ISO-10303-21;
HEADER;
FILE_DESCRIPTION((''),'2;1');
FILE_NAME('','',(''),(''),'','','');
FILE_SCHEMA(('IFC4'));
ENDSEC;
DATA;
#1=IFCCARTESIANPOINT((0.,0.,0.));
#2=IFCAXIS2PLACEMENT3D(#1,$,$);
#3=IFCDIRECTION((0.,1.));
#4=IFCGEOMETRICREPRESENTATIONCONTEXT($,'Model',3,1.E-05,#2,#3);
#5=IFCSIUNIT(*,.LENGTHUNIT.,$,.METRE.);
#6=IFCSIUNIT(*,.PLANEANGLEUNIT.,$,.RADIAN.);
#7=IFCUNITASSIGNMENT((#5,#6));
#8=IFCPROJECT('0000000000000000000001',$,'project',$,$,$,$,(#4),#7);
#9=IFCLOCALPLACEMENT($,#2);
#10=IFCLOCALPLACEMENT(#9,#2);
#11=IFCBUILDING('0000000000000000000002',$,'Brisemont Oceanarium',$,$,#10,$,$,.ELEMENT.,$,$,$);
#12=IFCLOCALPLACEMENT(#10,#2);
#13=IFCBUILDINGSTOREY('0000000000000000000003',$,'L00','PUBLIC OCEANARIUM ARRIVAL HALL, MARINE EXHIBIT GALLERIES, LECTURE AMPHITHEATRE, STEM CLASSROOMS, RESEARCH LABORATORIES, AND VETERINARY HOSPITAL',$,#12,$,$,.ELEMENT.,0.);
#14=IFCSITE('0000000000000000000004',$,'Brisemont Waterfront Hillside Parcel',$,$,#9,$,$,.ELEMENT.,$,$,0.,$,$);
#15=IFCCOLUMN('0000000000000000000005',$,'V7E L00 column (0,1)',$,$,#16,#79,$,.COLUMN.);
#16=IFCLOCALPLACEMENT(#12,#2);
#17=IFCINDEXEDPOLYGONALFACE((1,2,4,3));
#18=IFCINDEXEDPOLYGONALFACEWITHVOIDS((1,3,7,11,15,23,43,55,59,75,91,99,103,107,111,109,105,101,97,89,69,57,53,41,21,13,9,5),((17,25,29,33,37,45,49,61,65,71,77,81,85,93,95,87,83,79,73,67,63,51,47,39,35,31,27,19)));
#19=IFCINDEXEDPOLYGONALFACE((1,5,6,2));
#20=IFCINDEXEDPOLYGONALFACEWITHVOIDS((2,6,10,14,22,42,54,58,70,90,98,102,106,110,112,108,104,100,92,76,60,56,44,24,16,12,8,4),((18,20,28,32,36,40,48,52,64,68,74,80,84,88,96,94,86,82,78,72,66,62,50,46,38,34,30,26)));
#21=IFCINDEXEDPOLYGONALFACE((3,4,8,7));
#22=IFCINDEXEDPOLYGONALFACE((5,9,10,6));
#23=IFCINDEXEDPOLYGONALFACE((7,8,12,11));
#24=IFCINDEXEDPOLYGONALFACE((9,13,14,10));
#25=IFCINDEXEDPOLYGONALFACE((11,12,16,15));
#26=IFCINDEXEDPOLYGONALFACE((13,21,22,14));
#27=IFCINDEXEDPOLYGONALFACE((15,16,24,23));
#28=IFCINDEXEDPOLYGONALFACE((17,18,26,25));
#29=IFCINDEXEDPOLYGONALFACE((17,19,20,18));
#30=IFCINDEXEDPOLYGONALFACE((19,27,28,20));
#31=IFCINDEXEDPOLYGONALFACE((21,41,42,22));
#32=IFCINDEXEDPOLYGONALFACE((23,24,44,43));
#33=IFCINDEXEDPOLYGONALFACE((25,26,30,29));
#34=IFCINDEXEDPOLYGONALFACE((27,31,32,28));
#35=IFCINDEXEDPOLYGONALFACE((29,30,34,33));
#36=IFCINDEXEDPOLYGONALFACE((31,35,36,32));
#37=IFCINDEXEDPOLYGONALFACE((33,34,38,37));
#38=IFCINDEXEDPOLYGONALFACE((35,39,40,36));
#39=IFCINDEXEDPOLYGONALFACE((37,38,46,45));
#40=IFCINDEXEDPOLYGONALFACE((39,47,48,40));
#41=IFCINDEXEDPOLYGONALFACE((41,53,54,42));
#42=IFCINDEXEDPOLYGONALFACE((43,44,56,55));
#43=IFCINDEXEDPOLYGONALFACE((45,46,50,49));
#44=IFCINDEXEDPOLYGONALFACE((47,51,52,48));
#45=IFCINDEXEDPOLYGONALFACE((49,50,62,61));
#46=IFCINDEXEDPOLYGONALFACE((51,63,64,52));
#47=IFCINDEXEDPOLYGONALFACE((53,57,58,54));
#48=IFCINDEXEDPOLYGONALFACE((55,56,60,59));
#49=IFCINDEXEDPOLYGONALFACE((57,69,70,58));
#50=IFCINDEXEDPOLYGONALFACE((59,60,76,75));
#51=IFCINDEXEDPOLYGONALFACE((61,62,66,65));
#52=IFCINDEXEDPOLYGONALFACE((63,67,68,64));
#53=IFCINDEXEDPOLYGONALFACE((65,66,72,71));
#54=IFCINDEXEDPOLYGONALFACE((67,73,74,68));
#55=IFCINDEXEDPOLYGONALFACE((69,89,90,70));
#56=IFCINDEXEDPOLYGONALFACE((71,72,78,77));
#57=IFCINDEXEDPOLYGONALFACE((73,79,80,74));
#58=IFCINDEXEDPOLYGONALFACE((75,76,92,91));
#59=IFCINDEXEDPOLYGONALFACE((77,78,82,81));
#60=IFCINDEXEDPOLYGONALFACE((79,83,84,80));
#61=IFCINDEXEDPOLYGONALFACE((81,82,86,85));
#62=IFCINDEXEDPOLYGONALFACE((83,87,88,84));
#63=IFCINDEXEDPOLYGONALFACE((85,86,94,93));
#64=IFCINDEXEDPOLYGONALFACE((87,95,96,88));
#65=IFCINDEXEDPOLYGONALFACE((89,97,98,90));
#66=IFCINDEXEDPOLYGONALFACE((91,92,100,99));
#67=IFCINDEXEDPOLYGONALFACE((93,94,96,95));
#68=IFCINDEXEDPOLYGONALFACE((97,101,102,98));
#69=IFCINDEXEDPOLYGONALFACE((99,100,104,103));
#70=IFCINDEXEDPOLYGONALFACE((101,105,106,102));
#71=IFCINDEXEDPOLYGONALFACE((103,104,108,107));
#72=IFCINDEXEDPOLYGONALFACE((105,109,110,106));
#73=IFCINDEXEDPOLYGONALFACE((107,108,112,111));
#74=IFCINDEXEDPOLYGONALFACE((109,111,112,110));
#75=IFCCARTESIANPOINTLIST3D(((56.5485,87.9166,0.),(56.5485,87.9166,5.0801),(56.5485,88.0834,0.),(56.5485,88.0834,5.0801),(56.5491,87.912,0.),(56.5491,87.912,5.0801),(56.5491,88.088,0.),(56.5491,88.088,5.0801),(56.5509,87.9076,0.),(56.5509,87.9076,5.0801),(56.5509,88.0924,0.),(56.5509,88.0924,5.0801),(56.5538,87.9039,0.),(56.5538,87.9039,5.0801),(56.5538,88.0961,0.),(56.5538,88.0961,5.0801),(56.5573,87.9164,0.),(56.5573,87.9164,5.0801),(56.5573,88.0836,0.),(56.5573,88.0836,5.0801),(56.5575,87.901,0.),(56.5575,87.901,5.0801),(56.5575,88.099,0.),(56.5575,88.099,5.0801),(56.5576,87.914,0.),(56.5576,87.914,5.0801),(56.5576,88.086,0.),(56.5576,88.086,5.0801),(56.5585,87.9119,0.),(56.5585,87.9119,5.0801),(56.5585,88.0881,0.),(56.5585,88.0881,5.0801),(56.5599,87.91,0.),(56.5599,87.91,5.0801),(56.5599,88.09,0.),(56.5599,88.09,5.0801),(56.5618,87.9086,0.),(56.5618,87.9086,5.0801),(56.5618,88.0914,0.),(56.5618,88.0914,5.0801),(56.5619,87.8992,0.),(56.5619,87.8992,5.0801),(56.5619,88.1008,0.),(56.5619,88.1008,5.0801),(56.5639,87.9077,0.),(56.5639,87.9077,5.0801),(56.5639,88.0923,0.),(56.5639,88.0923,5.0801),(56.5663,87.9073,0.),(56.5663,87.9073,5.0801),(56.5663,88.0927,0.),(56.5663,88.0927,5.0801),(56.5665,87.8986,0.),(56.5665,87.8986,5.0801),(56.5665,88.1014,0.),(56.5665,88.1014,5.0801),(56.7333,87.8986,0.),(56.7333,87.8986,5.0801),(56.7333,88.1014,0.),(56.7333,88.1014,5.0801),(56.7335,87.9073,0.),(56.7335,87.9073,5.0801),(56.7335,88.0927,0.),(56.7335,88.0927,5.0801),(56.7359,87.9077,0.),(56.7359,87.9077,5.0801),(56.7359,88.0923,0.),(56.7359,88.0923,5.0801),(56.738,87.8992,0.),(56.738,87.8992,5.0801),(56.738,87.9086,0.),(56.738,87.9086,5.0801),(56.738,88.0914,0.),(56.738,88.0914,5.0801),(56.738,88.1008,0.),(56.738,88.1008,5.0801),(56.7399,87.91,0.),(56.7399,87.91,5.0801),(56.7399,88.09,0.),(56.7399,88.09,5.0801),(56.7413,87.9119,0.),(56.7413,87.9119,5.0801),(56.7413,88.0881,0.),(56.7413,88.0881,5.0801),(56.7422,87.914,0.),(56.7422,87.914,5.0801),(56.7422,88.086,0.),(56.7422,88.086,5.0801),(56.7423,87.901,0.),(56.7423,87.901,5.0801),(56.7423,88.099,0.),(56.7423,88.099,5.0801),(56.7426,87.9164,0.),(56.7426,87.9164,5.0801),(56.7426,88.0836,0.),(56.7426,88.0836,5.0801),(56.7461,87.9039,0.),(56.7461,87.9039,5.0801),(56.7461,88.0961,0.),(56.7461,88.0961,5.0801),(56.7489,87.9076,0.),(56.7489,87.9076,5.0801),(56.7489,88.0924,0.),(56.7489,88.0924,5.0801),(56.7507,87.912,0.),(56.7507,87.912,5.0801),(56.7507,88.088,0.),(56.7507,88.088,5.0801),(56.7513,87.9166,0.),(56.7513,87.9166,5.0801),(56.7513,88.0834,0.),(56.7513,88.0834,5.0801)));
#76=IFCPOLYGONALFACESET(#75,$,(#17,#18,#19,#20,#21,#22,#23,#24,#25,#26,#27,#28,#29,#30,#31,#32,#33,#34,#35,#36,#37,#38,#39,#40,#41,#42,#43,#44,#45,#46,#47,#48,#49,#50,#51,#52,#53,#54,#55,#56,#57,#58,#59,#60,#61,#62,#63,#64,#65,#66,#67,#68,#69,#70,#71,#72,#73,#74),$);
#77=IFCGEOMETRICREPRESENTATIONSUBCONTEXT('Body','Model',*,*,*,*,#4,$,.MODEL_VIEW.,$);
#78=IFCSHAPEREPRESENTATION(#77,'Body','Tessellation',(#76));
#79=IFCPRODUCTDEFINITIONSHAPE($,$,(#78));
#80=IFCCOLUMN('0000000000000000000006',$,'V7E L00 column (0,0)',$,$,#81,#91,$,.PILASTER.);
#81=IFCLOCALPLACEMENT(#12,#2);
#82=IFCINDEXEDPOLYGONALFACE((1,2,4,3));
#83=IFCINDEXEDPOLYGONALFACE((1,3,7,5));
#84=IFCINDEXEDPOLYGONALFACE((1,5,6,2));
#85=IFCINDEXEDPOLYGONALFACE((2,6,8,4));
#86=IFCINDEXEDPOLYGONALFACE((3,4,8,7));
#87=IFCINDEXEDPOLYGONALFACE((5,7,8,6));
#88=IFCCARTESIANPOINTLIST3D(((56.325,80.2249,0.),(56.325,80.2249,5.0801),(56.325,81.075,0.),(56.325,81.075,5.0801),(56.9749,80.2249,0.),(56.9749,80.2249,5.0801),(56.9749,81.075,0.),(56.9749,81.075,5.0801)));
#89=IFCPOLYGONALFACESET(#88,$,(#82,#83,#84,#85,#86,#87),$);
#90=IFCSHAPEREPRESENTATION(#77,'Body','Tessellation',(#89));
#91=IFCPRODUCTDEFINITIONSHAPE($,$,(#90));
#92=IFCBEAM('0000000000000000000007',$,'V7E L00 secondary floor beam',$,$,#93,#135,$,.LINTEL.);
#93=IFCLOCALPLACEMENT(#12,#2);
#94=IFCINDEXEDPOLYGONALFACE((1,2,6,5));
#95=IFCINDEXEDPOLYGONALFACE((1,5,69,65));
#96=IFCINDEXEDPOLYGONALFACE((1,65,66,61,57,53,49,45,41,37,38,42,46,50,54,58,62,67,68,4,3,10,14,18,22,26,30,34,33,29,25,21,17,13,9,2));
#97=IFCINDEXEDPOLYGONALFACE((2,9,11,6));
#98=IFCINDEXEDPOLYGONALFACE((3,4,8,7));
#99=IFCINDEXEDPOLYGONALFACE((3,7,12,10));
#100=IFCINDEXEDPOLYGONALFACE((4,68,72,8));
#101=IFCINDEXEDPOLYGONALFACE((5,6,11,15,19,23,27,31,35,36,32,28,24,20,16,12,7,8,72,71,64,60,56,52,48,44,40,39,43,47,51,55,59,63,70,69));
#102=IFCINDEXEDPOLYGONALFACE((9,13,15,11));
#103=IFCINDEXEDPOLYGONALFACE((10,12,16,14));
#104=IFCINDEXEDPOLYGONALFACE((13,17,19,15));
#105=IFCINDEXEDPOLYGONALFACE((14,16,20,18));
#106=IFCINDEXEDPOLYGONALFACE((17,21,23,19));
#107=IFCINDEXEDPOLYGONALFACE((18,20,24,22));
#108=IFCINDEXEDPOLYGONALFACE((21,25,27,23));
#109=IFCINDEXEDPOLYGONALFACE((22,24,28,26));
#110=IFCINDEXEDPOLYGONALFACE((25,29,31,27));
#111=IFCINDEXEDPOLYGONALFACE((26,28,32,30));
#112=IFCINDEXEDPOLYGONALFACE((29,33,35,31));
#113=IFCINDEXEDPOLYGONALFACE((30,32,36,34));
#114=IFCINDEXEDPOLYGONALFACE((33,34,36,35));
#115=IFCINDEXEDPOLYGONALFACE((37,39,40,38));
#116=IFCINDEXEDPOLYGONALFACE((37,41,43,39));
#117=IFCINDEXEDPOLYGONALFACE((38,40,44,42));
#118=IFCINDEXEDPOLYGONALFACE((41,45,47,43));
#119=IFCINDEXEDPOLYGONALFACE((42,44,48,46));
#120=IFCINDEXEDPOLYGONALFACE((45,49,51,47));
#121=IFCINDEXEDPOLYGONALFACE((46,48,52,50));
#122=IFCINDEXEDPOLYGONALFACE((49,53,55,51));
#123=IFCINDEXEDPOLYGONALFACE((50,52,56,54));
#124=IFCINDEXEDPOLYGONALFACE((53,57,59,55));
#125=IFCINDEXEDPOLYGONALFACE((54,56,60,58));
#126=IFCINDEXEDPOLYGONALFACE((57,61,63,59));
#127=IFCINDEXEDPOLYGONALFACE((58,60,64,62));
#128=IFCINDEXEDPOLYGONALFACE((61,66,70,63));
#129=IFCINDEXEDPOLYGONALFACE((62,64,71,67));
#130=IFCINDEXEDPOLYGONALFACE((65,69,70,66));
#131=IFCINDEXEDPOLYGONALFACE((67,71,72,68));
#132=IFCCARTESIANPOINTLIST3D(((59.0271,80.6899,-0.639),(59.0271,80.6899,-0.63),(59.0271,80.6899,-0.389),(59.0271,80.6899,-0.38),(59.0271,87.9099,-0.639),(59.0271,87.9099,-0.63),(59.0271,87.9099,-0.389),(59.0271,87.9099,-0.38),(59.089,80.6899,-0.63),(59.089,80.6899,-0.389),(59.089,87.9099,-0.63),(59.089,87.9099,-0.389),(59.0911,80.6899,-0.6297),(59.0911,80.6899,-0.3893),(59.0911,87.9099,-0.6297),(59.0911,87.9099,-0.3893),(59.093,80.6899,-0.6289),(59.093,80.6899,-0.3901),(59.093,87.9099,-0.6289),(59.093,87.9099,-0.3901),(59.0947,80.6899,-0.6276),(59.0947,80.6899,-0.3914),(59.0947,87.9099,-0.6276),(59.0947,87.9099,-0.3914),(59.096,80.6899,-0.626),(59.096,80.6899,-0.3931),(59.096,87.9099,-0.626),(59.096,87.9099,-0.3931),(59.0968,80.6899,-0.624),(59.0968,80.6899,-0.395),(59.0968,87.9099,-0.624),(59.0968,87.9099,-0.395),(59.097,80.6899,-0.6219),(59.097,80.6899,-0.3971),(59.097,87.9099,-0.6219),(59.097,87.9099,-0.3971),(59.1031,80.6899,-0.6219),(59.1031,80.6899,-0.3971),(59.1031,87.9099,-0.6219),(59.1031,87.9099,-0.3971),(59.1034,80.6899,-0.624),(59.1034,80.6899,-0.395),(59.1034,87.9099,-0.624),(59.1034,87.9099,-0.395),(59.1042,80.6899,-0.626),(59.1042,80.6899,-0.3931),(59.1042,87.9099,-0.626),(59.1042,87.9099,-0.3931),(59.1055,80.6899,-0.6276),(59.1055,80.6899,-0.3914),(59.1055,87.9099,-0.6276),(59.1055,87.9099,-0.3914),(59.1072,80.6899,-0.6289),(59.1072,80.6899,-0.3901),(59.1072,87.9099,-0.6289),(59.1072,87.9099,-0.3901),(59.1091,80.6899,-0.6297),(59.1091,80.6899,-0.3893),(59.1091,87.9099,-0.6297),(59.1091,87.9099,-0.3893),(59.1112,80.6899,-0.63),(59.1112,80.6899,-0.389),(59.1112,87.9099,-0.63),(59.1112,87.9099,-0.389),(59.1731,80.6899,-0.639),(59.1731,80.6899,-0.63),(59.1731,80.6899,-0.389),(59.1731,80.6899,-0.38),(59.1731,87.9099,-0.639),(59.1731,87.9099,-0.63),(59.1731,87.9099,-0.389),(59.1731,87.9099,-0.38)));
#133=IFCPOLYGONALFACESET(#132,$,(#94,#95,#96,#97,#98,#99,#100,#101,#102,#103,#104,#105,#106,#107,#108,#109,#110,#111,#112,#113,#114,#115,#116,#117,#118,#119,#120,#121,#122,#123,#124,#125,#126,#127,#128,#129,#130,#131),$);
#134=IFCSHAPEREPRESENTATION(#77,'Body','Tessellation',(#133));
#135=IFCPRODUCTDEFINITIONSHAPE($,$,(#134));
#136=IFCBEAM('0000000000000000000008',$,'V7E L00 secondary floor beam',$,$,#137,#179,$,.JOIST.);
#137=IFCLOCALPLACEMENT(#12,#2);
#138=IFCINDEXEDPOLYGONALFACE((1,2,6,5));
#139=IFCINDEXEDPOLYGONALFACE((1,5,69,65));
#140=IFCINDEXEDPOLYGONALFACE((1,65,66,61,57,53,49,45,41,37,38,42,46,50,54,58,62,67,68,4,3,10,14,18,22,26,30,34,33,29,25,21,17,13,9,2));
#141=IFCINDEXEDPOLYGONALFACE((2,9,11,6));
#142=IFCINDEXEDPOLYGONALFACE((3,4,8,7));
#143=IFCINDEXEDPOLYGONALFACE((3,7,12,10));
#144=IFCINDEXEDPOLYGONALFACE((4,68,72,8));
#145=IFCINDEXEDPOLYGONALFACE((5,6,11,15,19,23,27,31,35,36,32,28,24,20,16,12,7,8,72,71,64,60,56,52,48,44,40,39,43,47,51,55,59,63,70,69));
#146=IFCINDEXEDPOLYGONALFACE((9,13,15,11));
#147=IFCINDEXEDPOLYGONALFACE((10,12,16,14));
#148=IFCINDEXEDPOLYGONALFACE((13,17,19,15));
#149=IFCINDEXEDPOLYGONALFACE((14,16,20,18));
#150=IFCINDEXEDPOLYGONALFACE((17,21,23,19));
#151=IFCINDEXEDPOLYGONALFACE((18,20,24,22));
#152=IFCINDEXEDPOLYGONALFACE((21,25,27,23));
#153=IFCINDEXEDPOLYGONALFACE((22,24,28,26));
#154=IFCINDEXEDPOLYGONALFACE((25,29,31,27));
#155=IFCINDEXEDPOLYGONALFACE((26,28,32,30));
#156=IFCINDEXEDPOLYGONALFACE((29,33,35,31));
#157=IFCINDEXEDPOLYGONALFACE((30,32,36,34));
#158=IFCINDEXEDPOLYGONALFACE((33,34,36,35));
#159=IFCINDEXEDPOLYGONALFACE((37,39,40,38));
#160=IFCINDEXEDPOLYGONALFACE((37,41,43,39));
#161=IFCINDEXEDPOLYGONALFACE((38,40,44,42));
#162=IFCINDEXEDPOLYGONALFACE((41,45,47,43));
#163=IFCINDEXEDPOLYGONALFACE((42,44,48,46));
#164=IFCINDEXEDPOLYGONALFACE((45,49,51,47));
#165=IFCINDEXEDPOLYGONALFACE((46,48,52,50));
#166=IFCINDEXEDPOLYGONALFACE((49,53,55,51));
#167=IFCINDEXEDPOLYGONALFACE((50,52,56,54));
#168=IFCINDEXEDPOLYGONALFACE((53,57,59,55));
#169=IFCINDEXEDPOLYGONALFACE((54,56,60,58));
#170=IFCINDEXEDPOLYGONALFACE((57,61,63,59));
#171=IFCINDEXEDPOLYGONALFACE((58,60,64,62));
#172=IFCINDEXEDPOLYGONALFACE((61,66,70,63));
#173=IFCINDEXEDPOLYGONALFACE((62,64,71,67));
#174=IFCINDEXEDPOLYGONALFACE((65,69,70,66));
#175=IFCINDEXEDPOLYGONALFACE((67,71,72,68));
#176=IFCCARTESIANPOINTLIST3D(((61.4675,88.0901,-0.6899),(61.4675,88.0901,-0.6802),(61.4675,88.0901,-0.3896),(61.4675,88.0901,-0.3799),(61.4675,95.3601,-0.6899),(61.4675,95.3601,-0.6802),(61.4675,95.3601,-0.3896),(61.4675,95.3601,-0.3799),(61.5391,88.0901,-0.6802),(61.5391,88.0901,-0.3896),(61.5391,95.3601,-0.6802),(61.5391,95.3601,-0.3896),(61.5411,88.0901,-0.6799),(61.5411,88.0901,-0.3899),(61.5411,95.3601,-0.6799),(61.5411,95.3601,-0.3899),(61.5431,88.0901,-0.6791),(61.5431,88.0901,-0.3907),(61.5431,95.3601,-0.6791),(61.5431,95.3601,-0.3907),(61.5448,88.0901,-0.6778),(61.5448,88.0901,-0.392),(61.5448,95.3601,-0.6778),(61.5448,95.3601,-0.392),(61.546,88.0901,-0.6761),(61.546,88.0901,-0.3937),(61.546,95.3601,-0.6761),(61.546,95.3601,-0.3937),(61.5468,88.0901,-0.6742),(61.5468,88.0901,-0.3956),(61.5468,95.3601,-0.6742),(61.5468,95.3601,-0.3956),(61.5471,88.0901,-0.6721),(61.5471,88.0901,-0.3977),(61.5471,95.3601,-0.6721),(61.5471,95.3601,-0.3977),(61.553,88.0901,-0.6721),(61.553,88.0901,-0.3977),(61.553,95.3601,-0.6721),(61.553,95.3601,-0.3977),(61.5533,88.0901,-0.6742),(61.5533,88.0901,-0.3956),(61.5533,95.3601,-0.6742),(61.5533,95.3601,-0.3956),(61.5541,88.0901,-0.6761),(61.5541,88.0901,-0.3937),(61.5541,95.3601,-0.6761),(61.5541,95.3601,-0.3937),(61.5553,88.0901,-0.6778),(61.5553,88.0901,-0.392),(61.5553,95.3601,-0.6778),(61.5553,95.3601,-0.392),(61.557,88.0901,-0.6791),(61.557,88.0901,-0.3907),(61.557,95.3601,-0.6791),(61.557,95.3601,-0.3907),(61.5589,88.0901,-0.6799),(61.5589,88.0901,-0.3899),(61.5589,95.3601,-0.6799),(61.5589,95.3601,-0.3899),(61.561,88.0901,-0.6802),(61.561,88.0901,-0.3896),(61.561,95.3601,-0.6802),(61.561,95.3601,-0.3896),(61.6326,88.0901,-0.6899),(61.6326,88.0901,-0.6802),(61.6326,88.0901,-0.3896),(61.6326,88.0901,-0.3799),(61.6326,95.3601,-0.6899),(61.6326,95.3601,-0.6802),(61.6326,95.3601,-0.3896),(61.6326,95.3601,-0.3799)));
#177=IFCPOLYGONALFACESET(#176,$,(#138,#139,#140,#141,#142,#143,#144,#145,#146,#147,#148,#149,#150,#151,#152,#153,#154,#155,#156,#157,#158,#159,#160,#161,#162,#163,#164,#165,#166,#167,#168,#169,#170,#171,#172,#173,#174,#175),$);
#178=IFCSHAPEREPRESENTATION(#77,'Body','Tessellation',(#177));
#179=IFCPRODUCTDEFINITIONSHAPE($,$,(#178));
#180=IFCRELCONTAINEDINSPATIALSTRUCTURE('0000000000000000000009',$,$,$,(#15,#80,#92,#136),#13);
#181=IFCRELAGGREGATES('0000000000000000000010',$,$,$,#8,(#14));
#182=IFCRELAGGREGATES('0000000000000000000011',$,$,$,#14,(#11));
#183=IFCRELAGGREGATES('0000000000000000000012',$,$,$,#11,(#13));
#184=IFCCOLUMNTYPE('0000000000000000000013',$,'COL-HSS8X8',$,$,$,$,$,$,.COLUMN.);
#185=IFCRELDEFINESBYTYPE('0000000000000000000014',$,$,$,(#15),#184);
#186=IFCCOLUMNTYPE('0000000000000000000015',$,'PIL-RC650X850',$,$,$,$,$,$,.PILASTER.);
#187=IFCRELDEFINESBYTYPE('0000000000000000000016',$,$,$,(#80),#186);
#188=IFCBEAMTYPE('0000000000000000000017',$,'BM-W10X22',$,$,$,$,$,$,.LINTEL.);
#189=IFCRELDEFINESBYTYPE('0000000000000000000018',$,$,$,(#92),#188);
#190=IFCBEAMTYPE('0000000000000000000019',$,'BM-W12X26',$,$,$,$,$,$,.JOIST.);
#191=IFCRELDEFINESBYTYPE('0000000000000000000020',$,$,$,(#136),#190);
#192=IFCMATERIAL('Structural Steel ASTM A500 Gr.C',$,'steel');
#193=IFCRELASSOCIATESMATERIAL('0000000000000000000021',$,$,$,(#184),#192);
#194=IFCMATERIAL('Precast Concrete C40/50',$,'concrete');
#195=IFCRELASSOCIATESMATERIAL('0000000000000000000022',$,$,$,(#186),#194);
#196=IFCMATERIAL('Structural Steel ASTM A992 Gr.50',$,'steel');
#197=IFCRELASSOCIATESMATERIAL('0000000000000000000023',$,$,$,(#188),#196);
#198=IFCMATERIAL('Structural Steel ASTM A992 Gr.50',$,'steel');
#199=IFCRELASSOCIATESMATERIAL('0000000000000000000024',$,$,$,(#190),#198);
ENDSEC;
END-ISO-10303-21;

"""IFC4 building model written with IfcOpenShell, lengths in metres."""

from ifc_helpers import new_model, si_unit, direction, frame, origin, origin_2d, place, context, subcontext, project, spatial, rectangle, hollow_rectangle, i_section, extrude, material, material_profile, profile_set, type_object, element, save


model = new_model("IFC4")

# Units and contexts
model_context = context("Model", 3, precision=1e-05, world=origin(), true_north=direction((0.0, 1.0)))
body_context = subcontext(model_context, "Body", "Model", "MODEL_VIEW")
ifc_project = project(units=[si_unit("LENGTHUNIT", "METRE"), si_unit("PLANEANGLEUNIT", "RADIAN")], contexts=[model_context])

# Site, building, storey
site_placement = place(None, origin())
site = spatial("IfcSite", under=ifc_project, at=site_placement, Name="Brisemont Waterfront Hillside Parcel", CompositionType="ELEMENT", RefElevation=0.0)
building_placement = place(site_placement, origin())
building = spatial("IfcBuilding", under=site, at=building_placement, Name="Brisemont Oceanarium", CompositionType="ELEMENT")
storey_placement = place(building_placement, origin())
storey = spatial("IfcBuildingStorey", under=building, at=storey_placement, Name="L00", Description="PUBLIC OCEANARIUM ARRIVAL HALL, MARINE EXHIBIT GALLERIES, LECTURE AMPHITHEATRE, STEM CLASSROOMS, RESEARCH LABORATORIES, AND VETERINARY HOSPITAL", CompositionType="ELEMENT", Elevation=0.0)

# Columns
ifc_material_1 = material(Name="Structural Steel ASTM A500 Gr.C", Category="steel")
ifc_material_profile_1 = material_profile(ifc_material_1, hollow_rectangle(XDim=0.2029, YDim=0.2029, WallThickness=0.0088, InnerFilletRadius=0.009, OuterFilletRadius=0.0181, at=origin_2d()), Name="HSS8X8X3/8")
ifc_profile_set_1 = profile_set([ifc_material_profile_1], Name="Structural Steel ASTM A500 Gr.C")
column_type_1 = type_object("IfcColumnType", Name="COL-HSS8X8", PredefinedType="COLUMN", material=ifc_profile_set_1)
column_1_placement = place(storey_placement, frame((56.6499, 88.0, 0.0), z_axis=(0.0, 0.0, 1.0), x_axis=(0.0, 1.0, 0.0)))
element("IfcColumn", 1, at=column_1_placement, inside=storey, type_object=column_type_1, Name="V7E L00 column (0,1)", PredefinedType="COLUMN", context=body_context, shape_type="SweptSolid", body=[
    extrude(hollow_rectangle(XDim=0.2029, YDim=0.2029, WallThickness=0.0088, InnerFilletRadius=0.009, OuterFilletRadius=0.0181, at=origin_2d()), origin(), (0.0, 0.0, 1.0), 5.0801),
])
ifc_material_2 = material(Name="Precast Concrete C40/50", Category="concrete")
ifc_material_profile_2 = material_profile(ifc_material_2, rectangle(XDim=0.6499, YDim=0.8501, at=origin_2d()), Name="RC-PIL-650X850")
ifc_profile_set_2 = profile_set([ifc_material_profile_2], Name="Precast Concrete C40/50")
column_type_2 = type_object("IfcColumnType", Name="PIL-RC650X850", PredefinedType="PILASTER", material=ifc_profile_set_2)
column_2_placement = place(storey_placement, frame((56.6499, 80.6499, 0.0), z_axis=(0.0, 0.0, 1.0), x_axis=(1.0, 0.0, 0.0)))
element("IfcColumn", 2, at=column_2_placement, inside=storey, type_object=column_type_2, Name="V7E L00 column (0,0)", PredefinedType="PILASTER", context=body_context, shape_type="SweptSolid", body=[
    extrude(rectangle(XDim=0.6499, YDim=0.8501, at=origin_2d()), origin(), (0.0, 0.0, 1.0), 5.0801),
])

# Beams
ifc_material_3 = material(Name="Structural Steel ASTM A992 Gr.50", Category="steel")
ifc_material_profile_3 = material_profile(ifc_material_3, i_section(OverallWidth=0.146, OverallDepth=0.259, WebThickness=0.0061, FlangeThickness=0.009, FilletRadius=0.0081, at=origin_2d()), Name="W10X22")
ifc_profile_set_3 = profile_set([ifc_material_profile_3], Name="Structural Steel ASTM A992 Gr.50")
beam_type_1 = type_object("IfcBeamType", Name="BM-W10X22", PredefinedType="LINTEL", material=ifc_profile_set_3)
beam_1_placement = place(storey_placement, frame((59.1001, 80.6899, -0.5095), z_axis=(0.0, 1.0, 0.0), x_axis=(-1.0, 0.0, 0.0)))
element("IfcBeam", 3, at=beam_1_placement, inside=storey, type_object=beam_type_1, Name="V7E L00 secondary floor beam", PredefinedType="LINTEL", context=body_context, shape_type="SweptSolid", body=[
    extrude(i_section(OverallWidth=0.146, OverallDepth=0.259, WebThickness=0.0061, FlangeThickness=0.009, FilletRadius=0.0081, at=origin_2d()), origin(), (0.0, 0.0, 1.0), 7.22),
])
ifc_material_4 = material(Name="Structural Steel ASTM A992 Gr.50", Category="steel")
ifc_material_profile_4 = material_profile(ifc_material_4, i_section(OverallWidth=0.165, OverallDepth=0.3101, WebThickness=0.0059, FlangeThickness=0.0098, FilletRadius=0.0081, at=origin_2d()), Name="W12X26")
ifc_profile_set_4 = profile_set([ifc_material_profile_4], Name="Structural Steel ASTM A992 Gr.50")
beam_type_2 = type_object("IfcBeamType", Name="BM-W12X26", PredefinedType="JOIST", material=ifc_profile_set_4)
beam_2_placement = place(storey_placement, frame((61.55, 88.0901, -0.5349), z_axis=(0.0, 1.0, 0.0), x_axis=(-1.0, 0.0, 0.0)))
element("IfcBeam", 4, at=beam_2_placement, inside=storey, type_object=beam_type_2, Name="V7E L00 secondary floor beam", PredefinedType="JOIST", context=body_context, shape_type="SweptSolid", body=[
    extrude(i_section(OverallWidth=0.165, OverallDepth=0.3101, WebThickness=0.0059, FlangeThickness=0.0098, FilletRadius=0.0081, at=origin_2d()), origin(), (0.0, 0.0, 1.0), 7.27),
])

save(model, "model.ifc")
